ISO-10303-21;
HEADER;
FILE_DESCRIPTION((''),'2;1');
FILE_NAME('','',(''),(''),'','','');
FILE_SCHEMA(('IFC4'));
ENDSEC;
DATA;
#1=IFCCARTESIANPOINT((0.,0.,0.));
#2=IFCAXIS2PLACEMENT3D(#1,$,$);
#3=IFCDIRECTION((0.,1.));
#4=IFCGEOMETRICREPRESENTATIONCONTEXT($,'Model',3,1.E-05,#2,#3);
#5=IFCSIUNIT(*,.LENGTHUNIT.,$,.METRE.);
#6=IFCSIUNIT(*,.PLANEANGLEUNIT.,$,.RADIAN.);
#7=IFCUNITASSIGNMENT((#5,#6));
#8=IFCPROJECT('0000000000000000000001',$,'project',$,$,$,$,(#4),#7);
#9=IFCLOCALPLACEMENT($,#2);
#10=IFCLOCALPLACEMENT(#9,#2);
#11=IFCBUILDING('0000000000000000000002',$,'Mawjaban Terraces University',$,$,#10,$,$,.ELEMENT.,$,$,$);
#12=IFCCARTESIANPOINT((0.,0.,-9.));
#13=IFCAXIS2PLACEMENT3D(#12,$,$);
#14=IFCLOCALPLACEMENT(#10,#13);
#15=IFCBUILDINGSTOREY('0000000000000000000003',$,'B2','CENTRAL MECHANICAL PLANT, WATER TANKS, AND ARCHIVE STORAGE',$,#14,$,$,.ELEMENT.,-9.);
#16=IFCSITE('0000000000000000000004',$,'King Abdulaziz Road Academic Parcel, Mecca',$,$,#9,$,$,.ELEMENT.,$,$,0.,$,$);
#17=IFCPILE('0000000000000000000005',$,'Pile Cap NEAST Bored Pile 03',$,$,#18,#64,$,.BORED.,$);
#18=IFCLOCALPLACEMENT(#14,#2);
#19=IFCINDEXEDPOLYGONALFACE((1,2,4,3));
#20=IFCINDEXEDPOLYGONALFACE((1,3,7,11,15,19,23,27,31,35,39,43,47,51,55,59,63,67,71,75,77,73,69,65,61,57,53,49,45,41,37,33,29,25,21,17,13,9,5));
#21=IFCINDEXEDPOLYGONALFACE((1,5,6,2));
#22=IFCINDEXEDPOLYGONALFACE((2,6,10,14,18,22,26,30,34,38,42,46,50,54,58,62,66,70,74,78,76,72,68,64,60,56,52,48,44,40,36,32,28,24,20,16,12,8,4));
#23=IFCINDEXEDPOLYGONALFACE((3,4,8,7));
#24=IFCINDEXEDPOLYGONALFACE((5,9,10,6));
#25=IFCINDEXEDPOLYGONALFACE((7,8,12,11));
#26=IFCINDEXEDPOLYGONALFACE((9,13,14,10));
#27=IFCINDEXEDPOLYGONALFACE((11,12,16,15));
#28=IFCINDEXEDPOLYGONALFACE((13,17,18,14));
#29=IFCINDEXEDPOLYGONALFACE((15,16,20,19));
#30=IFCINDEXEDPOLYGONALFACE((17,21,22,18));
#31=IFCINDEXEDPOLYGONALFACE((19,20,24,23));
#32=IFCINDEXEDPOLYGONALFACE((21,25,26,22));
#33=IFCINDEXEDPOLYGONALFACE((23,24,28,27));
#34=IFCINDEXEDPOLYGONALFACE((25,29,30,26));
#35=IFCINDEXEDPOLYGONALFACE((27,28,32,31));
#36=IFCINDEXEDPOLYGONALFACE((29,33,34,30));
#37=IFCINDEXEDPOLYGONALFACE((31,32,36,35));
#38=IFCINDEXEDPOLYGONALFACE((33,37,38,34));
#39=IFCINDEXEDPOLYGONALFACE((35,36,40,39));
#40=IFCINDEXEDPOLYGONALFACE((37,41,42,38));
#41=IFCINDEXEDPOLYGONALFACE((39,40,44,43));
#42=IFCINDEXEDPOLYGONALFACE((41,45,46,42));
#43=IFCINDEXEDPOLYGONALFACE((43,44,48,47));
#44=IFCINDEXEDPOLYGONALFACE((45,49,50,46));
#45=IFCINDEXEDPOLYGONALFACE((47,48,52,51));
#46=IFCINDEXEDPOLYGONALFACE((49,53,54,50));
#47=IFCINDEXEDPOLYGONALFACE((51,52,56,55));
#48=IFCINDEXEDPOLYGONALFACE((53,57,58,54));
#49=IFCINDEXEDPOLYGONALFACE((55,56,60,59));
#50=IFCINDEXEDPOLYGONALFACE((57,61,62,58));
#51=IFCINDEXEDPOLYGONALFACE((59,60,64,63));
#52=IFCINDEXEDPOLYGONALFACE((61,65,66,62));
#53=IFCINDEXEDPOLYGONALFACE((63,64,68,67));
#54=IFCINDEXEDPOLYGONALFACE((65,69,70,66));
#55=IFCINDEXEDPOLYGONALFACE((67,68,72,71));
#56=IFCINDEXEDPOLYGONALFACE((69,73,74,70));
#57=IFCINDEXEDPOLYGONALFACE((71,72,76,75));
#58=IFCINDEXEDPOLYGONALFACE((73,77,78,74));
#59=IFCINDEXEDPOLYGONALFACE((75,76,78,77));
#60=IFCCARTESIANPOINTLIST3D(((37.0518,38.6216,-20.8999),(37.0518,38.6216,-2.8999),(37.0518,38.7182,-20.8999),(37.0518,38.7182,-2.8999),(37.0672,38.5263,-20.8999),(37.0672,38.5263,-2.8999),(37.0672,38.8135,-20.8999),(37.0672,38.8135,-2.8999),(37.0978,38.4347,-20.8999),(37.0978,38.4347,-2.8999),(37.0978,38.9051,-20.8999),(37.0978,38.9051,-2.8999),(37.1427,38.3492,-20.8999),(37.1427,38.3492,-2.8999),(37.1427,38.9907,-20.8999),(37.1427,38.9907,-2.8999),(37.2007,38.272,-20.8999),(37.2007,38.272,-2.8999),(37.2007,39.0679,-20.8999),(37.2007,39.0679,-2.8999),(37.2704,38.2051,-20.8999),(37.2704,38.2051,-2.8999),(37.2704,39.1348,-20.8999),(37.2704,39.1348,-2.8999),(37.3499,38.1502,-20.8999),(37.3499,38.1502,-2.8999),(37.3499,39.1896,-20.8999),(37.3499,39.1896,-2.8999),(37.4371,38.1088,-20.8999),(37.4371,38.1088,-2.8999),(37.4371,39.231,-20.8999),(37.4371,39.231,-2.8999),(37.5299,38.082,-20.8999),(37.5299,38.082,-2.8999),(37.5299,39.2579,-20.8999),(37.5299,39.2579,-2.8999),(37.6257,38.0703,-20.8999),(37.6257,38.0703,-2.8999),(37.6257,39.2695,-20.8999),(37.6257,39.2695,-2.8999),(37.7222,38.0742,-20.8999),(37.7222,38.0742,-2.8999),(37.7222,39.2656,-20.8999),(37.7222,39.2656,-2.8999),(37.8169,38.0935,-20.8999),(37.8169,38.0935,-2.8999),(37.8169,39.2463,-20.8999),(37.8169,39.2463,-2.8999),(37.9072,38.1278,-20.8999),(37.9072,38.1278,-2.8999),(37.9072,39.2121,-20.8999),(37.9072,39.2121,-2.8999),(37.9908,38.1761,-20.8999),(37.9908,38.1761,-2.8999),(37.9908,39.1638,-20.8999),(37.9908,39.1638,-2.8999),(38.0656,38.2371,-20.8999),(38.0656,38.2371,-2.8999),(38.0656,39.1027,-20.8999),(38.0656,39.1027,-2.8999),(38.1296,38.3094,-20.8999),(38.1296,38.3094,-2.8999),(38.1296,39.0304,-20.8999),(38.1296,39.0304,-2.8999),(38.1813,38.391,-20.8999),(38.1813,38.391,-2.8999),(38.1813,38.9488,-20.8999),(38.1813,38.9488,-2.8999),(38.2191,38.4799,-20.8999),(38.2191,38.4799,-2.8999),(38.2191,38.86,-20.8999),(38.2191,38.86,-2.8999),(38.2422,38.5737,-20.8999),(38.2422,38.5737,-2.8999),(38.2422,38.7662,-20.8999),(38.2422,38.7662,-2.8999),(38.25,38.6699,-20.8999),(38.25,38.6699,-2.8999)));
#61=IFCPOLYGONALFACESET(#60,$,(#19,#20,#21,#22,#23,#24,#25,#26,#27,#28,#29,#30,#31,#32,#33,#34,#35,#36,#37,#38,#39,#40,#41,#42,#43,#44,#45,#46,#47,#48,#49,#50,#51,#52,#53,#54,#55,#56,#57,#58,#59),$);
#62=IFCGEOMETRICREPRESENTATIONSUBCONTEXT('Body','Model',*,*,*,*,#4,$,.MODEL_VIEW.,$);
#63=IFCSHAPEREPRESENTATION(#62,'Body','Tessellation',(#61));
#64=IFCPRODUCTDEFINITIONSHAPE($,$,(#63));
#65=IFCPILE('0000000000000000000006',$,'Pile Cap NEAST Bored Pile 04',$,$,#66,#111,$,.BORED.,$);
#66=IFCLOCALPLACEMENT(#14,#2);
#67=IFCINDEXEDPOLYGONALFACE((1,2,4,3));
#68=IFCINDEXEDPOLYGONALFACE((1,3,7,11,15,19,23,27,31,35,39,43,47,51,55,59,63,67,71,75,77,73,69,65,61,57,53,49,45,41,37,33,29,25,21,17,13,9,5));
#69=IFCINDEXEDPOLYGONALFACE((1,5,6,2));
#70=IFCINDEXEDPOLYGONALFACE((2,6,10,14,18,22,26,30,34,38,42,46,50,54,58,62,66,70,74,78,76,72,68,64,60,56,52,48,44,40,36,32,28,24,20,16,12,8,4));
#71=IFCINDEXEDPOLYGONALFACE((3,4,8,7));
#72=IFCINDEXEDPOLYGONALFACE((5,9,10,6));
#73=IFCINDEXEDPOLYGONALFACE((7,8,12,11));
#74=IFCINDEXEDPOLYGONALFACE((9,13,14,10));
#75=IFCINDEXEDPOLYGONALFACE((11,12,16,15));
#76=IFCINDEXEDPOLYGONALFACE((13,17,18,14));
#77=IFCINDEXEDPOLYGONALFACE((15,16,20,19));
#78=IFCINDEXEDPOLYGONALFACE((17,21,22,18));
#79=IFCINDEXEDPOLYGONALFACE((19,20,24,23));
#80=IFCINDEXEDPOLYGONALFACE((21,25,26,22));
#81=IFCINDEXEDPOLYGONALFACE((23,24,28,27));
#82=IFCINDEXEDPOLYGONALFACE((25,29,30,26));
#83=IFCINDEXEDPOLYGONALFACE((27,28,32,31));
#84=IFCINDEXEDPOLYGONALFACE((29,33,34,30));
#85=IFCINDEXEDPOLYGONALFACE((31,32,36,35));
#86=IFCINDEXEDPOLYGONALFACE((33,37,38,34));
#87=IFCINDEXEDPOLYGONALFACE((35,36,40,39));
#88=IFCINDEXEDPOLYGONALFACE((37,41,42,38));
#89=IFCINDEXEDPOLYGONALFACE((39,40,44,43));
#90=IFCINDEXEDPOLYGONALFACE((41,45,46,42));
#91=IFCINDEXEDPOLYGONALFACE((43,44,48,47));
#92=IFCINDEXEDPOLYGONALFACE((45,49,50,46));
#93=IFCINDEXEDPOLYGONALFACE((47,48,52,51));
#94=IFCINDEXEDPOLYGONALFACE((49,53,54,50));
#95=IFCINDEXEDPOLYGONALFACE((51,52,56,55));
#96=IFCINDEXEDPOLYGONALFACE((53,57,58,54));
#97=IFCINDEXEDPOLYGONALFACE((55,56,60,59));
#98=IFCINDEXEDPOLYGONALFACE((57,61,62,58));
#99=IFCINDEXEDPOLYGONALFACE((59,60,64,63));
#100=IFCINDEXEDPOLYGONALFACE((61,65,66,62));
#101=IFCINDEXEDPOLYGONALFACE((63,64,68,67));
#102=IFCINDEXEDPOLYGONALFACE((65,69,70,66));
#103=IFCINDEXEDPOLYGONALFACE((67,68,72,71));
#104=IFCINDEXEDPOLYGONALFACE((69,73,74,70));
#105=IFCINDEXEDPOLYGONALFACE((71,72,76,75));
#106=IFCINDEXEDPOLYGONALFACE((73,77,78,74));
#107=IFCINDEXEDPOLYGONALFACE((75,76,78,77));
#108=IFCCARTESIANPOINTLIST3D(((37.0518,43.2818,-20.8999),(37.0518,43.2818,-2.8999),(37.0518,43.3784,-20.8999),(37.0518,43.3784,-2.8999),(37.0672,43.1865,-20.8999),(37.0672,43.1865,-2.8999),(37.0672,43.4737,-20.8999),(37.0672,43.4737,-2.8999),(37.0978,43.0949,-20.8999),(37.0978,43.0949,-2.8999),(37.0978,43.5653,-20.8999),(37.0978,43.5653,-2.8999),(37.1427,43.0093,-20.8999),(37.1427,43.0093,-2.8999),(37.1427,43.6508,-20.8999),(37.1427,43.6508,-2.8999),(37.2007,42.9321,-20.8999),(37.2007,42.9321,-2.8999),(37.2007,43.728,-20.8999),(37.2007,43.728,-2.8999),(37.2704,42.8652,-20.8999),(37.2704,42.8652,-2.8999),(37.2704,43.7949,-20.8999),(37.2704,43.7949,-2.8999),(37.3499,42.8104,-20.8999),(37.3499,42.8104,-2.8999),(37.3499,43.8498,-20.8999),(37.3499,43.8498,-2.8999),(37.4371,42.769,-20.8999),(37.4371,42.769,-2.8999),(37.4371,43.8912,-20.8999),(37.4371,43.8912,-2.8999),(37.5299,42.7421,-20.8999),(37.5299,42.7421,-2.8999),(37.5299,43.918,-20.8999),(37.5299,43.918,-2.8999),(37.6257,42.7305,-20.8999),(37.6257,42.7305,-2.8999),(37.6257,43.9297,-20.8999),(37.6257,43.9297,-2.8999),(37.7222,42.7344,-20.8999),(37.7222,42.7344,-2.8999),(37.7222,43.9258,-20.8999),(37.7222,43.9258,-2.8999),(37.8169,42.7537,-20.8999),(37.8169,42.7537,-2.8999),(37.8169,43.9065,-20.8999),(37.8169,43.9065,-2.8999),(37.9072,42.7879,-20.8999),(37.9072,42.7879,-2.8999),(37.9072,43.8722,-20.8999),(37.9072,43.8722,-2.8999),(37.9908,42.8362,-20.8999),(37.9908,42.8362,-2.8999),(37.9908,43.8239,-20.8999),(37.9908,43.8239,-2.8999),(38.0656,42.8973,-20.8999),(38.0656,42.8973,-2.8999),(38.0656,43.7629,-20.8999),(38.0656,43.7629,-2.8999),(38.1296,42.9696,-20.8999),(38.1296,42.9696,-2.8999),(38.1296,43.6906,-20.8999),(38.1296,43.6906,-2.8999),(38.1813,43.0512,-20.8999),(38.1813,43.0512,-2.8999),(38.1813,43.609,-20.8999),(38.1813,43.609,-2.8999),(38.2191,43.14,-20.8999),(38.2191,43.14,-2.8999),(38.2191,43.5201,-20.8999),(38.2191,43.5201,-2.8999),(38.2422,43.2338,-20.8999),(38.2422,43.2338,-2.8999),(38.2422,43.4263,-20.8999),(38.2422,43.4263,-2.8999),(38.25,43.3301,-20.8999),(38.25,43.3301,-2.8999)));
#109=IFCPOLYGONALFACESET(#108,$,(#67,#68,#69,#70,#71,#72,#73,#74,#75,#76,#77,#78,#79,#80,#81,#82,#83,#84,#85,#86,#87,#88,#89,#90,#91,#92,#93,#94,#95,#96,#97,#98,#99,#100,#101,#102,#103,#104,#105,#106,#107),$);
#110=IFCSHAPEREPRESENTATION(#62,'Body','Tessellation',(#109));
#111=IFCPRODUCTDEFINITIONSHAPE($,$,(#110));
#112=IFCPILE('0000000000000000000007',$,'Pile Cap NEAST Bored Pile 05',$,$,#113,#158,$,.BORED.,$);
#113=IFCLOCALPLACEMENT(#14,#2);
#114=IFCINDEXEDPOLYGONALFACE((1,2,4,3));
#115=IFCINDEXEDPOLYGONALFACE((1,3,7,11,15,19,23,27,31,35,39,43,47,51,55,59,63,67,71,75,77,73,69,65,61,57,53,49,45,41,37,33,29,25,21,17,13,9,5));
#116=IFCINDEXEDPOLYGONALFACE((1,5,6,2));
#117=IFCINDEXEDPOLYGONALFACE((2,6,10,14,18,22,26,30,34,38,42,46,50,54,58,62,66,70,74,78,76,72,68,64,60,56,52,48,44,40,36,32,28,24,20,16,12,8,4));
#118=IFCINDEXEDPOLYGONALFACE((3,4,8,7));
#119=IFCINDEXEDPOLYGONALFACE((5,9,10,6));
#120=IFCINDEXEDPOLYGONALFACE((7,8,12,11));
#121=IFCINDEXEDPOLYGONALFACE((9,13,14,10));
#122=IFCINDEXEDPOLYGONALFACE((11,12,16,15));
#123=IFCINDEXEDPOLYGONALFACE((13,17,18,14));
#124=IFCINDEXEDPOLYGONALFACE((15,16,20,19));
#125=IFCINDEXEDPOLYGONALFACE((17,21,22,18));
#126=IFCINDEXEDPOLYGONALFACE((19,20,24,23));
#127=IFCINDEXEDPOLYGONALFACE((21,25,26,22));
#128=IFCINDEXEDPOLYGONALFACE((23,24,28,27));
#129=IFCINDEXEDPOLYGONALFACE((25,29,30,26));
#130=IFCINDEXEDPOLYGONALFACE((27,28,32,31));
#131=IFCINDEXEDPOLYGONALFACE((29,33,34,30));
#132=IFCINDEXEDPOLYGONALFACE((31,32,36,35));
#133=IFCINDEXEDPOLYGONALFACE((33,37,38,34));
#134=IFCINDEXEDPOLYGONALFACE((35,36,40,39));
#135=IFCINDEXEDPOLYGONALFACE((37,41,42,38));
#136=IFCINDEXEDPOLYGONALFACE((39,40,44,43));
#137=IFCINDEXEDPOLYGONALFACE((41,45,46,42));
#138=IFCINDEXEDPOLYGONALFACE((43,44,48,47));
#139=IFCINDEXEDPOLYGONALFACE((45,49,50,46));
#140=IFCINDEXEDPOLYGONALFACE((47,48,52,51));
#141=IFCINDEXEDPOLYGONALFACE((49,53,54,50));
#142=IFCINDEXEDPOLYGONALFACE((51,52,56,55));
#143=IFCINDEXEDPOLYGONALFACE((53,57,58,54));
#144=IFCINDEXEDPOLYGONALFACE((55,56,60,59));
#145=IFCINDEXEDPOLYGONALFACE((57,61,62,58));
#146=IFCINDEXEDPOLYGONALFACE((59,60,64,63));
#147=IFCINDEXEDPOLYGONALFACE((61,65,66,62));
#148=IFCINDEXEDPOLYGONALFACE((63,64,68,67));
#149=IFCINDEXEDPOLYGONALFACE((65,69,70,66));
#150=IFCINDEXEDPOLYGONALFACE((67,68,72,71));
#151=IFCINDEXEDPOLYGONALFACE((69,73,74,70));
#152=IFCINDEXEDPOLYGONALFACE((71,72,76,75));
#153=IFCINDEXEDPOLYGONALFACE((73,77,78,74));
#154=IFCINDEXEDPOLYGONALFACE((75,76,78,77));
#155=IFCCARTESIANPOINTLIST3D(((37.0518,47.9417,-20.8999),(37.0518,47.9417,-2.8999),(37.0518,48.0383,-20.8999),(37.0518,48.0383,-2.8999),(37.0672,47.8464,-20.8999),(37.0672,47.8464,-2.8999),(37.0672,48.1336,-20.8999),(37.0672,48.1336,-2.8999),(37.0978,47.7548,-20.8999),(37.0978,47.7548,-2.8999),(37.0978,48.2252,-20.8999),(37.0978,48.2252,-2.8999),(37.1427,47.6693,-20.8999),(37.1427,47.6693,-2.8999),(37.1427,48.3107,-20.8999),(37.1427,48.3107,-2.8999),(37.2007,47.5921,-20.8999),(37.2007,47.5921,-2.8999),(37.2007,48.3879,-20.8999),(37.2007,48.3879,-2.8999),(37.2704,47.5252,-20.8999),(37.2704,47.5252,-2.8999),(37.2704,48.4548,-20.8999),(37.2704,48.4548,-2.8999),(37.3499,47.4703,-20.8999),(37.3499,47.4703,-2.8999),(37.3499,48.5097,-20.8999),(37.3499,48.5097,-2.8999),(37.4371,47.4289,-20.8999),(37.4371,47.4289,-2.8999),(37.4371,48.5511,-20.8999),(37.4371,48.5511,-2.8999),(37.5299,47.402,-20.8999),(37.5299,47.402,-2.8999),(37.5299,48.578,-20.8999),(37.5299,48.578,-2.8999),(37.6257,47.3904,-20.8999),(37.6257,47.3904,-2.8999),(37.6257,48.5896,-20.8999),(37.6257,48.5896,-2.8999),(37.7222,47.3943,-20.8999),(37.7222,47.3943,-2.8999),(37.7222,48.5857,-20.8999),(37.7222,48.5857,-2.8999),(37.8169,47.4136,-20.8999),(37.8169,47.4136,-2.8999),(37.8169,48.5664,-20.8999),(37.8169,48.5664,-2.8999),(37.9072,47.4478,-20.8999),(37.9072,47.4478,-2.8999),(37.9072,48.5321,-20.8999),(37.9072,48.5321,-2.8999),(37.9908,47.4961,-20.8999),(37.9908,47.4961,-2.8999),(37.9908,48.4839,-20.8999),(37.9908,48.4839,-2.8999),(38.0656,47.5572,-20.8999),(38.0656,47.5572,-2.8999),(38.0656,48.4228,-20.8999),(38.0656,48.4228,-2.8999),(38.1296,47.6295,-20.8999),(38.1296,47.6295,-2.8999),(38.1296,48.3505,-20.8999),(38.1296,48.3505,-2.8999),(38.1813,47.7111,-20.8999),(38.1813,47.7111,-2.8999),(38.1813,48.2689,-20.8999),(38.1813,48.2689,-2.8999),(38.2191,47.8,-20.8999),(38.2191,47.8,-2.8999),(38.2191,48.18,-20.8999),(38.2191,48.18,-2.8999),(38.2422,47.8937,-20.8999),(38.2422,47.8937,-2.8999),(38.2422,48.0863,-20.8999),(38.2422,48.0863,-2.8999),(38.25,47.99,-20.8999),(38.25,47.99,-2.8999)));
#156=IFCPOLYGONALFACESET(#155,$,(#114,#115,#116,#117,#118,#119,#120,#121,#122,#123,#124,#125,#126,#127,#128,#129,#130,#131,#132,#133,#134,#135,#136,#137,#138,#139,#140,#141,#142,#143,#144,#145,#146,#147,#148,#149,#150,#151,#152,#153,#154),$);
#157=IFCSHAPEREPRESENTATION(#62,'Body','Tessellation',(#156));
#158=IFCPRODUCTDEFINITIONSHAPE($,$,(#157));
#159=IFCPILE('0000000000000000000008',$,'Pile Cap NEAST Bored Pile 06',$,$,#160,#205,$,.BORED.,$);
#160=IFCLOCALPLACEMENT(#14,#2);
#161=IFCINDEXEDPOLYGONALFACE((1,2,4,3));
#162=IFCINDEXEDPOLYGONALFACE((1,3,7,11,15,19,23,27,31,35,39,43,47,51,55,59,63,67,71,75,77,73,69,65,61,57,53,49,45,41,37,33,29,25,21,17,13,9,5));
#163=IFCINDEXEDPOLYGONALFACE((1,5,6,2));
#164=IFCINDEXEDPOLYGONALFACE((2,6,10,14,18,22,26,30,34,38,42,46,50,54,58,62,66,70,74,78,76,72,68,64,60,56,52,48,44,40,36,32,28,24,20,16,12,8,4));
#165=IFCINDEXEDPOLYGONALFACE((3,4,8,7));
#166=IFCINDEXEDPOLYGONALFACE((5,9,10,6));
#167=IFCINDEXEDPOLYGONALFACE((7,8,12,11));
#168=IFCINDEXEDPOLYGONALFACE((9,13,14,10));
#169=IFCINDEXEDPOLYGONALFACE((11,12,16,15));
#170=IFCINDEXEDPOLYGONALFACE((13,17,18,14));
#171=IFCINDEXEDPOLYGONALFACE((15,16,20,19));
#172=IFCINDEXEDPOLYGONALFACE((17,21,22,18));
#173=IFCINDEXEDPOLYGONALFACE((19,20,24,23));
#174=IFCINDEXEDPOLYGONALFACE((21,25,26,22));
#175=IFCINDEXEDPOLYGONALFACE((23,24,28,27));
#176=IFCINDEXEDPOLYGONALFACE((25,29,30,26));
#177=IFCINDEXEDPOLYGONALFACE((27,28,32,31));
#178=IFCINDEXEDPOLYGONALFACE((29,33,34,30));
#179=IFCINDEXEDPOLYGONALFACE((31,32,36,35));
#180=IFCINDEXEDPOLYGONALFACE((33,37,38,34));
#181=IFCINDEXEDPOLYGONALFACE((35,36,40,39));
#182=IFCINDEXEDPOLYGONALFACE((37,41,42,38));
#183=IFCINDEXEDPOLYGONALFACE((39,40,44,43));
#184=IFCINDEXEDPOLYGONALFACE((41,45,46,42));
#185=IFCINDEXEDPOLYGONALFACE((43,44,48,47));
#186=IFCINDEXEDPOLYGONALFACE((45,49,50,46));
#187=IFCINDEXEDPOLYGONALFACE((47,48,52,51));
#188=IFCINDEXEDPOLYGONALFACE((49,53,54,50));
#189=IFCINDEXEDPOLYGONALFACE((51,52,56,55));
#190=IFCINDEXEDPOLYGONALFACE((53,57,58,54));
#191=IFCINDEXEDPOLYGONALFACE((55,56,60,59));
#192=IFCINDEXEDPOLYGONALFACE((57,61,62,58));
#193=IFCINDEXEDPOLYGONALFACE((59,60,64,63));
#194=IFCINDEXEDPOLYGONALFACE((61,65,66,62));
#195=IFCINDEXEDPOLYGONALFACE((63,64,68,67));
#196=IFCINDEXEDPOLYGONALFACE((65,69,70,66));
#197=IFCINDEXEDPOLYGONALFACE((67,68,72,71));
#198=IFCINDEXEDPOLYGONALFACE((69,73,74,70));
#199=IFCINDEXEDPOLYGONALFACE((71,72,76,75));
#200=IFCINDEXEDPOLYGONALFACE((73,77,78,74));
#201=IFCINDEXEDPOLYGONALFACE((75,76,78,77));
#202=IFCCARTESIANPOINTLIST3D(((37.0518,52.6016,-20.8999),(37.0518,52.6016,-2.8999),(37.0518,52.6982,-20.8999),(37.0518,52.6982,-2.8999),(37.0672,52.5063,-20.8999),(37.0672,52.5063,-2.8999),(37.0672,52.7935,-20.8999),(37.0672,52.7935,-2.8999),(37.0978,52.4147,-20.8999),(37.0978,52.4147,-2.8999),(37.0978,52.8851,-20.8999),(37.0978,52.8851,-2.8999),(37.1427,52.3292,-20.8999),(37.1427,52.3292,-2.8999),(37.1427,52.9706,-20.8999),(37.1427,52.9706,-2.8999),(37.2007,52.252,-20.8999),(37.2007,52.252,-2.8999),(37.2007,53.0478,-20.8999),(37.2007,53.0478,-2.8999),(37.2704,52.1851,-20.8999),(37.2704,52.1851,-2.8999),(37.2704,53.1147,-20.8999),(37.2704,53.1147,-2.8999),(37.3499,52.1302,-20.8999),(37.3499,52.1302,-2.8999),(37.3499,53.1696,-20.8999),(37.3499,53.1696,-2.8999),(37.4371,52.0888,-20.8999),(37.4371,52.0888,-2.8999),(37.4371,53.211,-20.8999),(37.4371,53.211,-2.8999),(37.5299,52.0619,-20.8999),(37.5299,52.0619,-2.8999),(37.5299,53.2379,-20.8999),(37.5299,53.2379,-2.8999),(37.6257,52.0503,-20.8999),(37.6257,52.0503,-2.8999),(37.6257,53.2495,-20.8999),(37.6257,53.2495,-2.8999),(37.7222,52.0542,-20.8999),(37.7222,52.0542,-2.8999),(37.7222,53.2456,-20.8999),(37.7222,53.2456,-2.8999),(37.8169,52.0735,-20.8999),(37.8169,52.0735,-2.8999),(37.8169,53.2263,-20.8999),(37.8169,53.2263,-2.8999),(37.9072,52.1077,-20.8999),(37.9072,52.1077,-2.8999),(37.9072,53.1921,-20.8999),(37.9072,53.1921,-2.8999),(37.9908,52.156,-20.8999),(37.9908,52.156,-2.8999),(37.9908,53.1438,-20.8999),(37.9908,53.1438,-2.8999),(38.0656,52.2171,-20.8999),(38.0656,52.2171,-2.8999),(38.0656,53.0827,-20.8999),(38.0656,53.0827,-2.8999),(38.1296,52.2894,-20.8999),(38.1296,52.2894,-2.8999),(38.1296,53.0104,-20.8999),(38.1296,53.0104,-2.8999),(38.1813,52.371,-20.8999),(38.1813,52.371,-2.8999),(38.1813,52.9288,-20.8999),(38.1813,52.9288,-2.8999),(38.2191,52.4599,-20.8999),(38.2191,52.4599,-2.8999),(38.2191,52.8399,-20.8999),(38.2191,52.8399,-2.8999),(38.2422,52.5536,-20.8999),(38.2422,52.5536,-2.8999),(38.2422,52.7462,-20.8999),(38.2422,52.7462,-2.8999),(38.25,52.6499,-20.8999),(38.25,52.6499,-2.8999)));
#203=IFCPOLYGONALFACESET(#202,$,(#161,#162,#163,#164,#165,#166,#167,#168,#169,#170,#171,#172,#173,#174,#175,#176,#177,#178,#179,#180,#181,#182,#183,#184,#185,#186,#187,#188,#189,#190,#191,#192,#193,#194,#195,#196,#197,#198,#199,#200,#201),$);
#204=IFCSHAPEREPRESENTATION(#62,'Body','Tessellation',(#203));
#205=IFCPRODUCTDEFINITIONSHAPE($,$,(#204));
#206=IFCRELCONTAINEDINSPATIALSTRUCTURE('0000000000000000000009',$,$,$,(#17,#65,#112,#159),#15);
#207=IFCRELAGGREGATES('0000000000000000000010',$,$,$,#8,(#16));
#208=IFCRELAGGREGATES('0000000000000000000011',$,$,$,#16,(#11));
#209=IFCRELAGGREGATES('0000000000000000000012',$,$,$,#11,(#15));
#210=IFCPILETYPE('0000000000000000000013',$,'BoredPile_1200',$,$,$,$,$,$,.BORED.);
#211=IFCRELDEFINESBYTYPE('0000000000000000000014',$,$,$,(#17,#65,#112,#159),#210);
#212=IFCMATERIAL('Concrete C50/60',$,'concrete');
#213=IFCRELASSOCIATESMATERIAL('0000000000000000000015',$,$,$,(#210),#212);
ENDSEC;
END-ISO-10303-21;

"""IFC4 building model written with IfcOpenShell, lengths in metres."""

from ifc_helpers import new_model, si_unit, direction, frame, origin, origin_2d, place, context, subcontext, project, spatial, circle, extrude, material, material_profile, profile_set, type_object, element, save


model = new_model("IFC4")

# Units and contexts
model_context = context("Model", 3, precision=1e-05, world=origin(), true_north=direction((0.0, 1.0)))
body_context = subcontext(model_context, "Body", "Model", "MODEL_VIEW")
ifc_project = project(units=[si_unit("LENGTHUNIT", "METRE"), si_unit("PLANEANGLEUNIT", "RADIAN")], contexts=[model_context])

# Site, building, storey
site_placement = place(None, origin())
site = spatial("IfcSite", under=ifc_project, at=site_placement, Name="King Abdulaziz Road Academic Parcel, Mecca", CompositionType="ELEMENT", RefElevation=0.0)
building_placement = place(site_placement, origin())
building = spatial("IfcBuilding", under=site, at=building_placement, Name="Mawjaban Terraces University", CompositionType="ELEMENT")
storey_placement = place(building_placement, frame((0.0, 0.0, -9.0)))
storey = spatial("IfcBuildingStorey", under=building, at=storey_placement, Name="B2", Description="CENTRAL MECHANICAL PLANT, WATER TANKS, AND ARCHIVE STORAGE", CompositionType="ELEMENT", Elevation=-9.0)

# Piles
ifc_material_1 = material(Name="Concrete C50/60", Category="concrete")
ifc_material_profile_1 = material_profile(ifc_material_1, circle(Radius=0.6001, at=origin_2d()), Name="PILE1200")
ifc_profile_set_1 = profile_set([ifc_material_profile_1], Name="Concrete C50/60")
pile_type = type_object("IfcPileType", Name="BoredPile_1200", PredefinedType="BORED", material=ifc_profile_set_1)
for number, where, z_axis, x_axis, name in (
    (1, (37.6499, 38.6699, -2.8999), (0.0, 0.0, -1.0), (1.0, 0.0, 0.0), "Pile Cap NEAST Bored Pile 03"),
    (2, (37.6499, 43.3301, -2.8999), (0.0, 0.0, -1.0), (1.0, 0.0, 0.0), "Pile Cap NEAST Bored Pile 04"),
    (3, (37.6499, 47.99, -2.8999), (0.0, 0.0, -1.0), (1.0, 0.0, 0.0), "Pile Cap NEAST Bored Pile 05"),
    (4, (37.6499, 52.6499, -2.8999), (0.0, 0.0, -1.0), (1.0, 0.0, 0.0), "Pile Cap NEAST Bored Pile 06"),
):
    element("IfcPile", number, at=place(storey_placement, frame(where, z_axis=z_axis, x_axis=x_axis)), inside=storey, type_object=pile_type, Name=name, PredefinedType="BORED", context=body_context, shape_type="SweptSolid", body=[
        extrude(circle(Radius=0.6001, at=origin_2d()), origin(), (0.0, 0.0, 1.0), 18.0),
    ])

save(model, "model.ifc")
